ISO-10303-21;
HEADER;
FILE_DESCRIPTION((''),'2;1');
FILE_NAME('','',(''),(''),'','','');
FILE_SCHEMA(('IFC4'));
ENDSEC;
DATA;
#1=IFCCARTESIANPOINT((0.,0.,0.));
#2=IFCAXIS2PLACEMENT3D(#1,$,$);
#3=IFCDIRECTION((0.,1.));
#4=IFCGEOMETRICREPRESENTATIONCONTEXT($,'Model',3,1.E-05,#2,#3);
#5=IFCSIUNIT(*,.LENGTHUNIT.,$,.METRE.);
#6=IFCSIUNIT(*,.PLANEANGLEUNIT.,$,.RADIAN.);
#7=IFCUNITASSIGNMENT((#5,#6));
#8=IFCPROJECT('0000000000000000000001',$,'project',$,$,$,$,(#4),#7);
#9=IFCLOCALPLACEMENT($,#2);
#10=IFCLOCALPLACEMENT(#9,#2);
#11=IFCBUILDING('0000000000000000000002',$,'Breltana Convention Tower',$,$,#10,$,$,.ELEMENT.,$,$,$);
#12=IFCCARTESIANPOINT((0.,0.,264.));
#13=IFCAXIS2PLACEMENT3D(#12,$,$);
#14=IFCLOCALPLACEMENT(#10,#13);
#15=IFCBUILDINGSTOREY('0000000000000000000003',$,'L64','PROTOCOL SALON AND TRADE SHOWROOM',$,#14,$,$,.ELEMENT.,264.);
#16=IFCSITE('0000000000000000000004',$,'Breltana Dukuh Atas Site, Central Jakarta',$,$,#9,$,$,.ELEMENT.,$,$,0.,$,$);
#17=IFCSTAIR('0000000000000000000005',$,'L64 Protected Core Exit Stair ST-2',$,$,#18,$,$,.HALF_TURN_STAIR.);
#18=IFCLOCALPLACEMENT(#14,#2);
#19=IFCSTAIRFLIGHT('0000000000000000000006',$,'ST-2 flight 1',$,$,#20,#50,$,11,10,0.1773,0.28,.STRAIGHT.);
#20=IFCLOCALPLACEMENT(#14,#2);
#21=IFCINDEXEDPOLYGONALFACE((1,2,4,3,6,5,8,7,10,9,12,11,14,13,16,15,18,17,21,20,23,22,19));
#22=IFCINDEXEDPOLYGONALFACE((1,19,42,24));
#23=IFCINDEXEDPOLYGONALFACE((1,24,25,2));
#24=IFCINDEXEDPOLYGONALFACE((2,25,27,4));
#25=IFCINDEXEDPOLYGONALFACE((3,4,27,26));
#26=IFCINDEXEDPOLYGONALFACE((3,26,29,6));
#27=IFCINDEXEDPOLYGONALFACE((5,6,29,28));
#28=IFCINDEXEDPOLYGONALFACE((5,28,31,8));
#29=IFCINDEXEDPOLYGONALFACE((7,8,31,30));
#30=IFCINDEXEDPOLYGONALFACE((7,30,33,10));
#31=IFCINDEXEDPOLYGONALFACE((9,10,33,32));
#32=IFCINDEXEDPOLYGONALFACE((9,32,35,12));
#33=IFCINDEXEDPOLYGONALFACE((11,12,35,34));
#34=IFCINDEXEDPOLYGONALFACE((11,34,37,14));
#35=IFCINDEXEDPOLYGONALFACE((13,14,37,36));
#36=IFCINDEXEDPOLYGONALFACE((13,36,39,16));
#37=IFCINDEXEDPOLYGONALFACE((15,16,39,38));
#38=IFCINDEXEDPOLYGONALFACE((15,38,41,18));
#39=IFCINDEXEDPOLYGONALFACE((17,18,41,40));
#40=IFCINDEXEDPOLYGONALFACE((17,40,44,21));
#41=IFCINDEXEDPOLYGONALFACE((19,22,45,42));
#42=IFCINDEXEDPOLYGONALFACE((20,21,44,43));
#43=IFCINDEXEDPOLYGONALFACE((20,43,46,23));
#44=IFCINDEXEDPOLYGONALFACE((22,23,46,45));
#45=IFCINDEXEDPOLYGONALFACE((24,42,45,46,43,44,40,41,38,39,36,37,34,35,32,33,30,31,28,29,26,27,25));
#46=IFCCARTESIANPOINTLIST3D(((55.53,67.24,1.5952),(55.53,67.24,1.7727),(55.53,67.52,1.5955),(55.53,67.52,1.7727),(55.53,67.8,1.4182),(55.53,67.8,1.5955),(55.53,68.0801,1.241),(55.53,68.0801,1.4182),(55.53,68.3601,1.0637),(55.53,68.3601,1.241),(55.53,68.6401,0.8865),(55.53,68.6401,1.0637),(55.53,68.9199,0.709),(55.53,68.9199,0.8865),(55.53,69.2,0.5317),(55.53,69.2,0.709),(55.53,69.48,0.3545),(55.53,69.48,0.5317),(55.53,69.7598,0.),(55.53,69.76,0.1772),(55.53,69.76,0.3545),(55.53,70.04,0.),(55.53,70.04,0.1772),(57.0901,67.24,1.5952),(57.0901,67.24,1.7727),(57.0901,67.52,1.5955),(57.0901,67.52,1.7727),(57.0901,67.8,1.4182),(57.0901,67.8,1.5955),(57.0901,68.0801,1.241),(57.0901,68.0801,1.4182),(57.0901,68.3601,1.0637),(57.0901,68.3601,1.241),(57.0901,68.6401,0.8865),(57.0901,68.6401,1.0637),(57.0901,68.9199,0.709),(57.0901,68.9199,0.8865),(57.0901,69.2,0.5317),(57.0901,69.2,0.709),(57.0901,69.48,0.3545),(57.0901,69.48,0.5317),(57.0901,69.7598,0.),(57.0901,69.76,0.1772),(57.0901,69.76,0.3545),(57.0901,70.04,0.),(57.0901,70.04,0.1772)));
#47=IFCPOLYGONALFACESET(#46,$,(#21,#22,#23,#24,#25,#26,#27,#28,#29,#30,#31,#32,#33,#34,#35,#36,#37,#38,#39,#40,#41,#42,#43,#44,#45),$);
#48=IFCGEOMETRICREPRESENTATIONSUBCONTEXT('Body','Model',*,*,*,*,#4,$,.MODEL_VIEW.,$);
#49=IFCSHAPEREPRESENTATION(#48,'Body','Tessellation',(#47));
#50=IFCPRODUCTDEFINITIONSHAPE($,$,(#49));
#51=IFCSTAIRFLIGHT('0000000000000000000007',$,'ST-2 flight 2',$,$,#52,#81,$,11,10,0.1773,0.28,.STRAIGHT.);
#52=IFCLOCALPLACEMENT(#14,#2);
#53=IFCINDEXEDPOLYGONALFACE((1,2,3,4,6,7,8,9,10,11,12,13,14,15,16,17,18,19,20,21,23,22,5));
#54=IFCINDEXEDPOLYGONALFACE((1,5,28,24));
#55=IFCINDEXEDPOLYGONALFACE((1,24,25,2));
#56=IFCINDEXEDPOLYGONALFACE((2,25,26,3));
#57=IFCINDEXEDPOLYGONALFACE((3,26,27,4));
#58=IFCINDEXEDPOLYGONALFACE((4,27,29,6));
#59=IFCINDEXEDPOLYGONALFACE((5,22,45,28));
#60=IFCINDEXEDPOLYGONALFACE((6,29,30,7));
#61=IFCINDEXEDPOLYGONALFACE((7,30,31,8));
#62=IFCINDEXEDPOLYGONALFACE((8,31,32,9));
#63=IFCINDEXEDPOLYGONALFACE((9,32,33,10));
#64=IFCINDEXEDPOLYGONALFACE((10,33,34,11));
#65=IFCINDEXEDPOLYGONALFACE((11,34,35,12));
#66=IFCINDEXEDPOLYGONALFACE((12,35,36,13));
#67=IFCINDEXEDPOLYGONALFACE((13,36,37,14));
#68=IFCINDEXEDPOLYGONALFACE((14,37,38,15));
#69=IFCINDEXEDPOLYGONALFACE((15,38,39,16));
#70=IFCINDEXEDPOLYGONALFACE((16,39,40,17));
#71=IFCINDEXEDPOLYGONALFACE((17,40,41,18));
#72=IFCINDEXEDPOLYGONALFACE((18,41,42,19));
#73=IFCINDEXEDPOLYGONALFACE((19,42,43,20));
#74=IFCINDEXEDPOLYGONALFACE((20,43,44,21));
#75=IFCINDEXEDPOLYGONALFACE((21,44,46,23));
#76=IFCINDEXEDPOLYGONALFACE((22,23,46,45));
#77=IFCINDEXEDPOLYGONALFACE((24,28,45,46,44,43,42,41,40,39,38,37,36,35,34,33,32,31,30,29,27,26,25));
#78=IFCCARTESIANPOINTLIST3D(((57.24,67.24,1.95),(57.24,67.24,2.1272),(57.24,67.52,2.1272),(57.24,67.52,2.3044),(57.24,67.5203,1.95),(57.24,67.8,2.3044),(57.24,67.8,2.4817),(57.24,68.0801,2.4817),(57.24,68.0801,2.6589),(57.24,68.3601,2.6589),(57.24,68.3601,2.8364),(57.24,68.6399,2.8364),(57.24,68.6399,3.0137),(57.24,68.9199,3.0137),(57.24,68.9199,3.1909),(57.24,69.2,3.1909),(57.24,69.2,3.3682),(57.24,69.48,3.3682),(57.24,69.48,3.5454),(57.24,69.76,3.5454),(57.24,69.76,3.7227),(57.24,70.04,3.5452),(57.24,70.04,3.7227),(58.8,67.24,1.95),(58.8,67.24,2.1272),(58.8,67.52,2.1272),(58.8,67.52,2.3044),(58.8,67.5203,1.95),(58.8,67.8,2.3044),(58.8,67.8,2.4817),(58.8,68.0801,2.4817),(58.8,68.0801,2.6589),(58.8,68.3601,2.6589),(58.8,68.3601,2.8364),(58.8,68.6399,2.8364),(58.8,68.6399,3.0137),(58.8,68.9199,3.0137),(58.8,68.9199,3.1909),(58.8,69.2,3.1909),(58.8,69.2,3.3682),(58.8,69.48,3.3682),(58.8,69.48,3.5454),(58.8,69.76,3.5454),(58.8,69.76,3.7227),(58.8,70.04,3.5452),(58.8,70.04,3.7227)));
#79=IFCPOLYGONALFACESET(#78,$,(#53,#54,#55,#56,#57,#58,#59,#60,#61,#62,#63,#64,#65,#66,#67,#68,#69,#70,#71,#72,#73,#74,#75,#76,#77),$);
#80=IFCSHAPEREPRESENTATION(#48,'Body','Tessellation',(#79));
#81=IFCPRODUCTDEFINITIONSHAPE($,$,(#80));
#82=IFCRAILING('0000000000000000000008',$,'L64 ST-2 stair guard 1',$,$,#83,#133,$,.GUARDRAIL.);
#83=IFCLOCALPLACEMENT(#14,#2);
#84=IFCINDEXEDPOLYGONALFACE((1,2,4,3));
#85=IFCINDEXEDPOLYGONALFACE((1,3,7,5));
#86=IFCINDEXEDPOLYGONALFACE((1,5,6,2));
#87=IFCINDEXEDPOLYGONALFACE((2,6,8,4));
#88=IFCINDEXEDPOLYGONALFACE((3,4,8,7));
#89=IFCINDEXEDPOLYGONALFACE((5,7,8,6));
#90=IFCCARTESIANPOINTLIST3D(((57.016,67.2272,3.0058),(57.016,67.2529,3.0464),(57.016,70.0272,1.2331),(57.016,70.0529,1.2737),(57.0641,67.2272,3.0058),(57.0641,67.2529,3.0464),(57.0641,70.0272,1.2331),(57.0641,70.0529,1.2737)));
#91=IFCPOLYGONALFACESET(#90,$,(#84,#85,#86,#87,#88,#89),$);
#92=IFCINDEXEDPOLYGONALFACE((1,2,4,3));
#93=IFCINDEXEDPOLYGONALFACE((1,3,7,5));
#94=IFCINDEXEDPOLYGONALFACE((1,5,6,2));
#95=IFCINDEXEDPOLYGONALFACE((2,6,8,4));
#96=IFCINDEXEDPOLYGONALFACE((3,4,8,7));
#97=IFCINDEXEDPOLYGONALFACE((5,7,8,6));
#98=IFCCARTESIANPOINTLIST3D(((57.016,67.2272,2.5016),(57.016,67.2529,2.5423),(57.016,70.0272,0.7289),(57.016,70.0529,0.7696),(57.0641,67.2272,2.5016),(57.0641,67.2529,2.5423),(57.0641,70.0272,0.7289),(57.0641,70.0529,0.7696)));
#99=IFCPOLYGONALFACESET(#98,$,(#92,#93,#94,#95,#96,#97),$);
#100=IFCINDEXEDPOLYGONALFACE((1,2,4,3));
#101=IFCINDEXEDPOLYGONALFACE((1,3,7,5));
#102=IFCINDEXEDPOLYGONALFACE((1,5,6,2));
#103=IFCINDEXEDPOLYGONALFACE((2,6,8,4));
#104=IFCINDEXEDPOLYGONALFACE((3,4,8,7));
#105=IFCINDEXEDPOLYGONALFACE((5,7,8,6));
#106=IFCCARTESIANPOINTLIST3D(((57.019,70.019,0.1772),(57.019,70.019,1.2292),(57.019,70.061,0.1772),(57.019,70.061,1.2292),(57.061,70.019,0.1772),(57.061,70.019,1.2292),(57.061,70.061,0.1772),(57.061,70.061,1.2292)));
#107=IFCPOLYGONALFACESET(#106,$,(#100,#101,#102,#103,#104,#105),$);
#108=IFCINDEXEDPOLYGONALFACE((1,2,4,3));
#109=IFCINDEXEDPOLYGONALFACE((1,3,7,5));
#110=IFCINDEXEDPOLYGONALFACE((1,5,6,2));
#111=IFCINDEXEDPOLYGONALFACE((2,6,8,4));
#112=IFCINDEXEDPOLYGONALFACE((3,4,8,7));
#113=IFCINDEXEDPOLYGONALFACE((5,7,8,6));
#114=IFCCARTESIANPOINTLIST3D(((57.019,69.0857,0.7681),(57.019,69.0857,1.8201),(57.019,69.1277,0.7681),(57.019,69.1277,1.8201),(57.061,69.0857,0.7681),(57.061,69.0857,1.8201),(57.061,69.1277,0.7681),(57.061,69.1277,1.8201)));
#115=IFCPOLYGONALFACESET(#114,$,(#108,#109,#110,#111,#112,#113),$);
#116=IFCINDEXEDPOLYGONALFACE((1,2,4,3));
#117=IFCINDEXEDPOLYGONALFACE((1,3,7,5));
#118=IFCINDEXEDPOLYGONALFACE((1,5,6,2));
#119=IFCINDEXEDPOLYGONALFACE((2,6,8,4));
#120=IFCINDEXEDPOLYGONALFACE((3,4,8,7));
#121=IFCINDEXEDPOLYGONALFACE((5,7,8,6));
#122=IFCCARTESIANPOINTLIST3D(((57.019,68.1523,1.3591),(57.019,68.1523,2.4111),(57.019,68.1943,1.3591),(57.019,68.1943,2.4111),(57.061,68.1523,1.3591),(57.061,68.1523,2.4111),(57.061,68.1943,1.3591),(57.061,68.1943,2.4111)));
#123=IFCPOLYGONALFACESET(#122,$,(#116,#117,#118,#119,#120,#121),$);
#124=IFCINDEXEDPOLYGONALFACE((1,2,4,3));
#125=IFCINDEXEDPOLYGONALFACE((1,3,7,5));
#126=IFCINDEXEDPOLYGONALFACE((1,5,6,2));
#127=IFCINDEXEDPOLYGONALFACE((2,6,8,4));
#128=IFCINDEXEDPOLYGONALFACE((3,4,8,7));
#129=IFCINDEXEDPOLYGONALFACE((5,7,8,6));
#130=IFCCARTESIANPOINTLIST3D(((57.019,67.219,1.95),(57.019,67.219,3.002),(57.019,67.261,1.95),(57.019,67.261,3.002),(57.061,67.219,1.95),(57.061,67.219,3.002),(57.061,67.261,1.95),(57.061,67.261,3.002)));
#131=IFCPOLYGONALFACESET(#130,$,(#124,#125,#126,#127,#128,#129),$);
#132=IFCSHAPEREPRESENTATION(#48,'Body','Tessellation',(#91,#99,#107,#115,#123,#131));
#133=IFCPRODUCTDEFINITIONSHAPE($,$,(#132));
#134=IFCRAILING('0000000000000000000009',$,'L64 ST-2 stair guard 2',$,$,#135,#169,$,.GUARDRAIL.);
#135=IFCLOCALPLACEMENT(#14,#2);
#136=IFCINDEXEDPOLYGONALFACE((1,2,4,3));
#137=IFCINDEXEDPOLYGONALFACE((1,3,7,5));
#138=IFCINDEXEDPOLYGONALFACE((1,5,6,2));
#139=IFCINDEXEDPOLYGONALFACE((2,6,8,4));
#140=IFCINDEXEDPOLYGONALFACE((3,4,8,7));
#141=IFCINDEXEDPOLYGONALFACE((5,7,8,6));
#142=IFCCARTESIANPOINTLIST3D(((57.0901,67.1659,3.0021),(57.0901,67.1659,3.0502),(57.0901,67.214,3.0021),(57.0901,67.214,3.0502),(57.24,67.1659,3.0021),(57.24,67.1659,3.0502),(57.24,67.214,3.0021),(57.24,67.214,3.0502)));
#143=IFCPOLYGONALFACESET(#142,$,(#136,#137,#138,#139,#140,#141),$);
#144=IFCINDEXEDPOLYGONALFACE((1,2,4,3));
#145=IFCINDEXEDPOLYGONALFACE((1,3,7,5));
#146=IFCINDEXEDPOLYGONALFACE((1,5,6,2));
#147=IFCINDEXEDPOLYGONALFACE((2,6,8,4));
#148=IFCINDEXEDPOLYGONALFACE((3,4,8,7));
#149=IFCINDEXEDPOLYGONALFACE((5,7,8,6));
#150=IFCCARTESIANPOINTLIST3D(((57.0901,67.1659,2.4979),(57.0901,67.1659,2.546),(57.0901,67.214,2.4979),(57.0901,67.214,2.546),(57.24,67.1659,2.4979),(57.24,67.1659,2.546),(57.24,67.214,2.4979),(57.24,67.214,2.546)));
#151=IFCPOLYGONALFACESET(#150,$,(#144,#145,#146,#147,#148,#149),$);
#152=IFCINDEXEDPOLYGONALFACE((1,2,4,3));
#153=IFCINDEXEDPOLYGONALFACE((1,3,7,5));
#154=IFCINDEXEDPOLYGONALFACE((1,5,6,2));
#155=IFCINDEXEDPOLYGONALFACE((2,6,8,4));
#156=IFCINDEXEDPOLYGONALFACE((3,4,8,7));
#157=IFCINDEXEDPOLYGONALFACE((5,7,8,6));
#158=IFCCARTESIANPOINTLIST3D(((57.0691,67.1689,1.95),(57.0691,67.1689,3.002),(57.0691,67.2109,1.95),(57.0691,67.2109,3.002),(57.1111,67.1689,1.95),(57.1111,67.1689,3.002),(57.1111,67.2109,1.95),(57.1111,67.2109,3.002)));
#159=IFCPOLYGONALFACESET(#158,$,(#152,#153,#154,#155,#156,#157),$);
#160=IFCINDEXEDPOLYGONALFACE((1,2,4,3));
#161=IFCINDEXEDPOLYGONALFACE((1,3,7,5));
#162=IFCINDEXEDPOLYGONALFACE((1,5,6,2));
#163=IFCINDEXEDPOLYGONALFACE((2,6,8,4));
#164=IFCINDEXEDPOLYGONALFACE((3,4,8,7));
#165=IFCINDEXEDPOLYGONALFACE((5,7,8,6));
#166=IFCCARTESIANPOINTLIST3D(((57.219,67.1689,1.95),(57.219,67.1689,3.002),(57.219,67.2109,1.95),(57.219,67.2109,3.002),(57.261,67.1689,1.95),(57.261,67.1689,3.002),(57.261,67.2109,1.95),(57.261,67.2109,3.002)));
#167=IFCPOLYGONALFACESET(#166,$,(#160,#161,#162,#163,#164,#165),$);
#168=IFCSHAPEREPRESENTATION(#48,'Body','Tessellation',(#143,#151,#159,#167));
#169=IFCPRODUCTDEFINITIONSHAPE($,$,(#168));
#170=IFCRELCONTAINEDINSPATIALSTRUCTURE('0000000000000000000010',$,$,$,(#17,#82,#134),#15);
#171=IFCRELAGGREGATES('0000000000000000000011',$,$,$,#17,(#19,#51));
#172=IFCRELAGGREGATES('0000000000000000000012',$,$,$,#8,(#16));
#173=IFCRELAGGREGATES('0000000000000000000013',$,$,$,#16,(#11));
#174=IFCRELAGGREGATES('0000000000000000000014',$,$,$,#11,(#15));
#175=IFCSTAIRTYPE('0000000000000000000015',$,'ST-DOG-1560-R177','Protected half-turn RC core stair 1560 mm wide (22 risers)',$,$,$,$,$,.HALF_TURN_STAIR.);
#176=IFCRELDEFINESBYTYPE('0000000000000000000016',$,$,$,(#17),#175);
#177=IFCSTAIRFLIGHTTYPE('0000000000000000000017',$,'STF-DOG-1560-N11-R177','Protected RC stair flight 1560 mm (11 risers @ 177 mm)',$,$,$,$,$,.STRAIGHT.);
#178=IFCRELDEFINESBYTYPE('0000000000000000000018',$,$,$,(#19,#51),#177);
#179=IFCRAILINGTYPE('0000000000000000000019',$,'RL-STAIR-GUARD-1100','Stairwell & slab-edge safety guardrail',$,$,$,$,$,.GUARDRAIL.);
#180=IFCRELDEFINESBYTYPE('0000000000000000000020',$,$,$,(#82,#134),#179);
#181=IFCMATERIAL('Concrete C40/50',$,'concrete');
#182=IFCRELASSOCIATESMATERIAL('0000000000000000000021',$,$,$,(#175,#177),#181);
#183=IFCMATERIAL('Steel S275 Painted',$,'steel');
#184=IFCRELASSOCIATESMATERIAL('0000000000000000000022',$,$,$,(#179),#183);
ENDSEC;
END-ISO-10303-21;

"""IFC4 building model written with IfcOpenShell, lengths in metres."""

from ifc_helpers import new_model, si_unit, direction, frame, origin, origin_2d, place, context, subcontext, project, spatial, polyline, rectangle, outline, extrude, material, type_object, element, aggregate, save


model = new_model("IFC4")

# Units and contexts
model_context = context("Model", 3, precision=1e-05, world=origin(), true_north=direction((0.0, 1.0)))
body_context = subcontext(model_context, "Body", "Model", "MODEL_VIEW")
ifc_project = project(units=[si_unit("LENGTHUNIT", "METRE"), si_unit("PLANEANGLEUNIT", "RADIAN")], contexts=[model_context])

# Site, building, storey
site_placement = place(None, origin())
site = spatial("IfcSite", under=ifc_project, at=site_placement, Name="Breltana Dukuh Atas Site, Central Jakarta", CompositionType="ELEMENT", RefElevation=0.0)
building_placement = place(site_placement, origin())
building = spatial("IfcBuilding", under=site, at=building_placement, Name="Breltana Convention Tower", CompositionType="ELEMENT")
storey_placement = place(building_placement, frame((0.0, 0.0, 264.0)))
storey = spatial("IfcBuildingStorey", under=building, at=storey_placement, Name="L64", Description="PROTOCOL SALON AND TRADE SHOWROOM", CompositionType="ELEMENT", Elevation=264.0)

# Stair, stair flights
ifc_material_1 = material(Name="Concrete C40/50", Category="concrete")
stair_type = type_object("IfcStairType", Name="ST-DOG-1560-R177", Description="Protected half-turn RC core stair 1560 mm wide (22 risers)", PredefinedType="HALF_TURN_STAIR", material=ifc_material_1)
stair_placement = place(storey_placement, origin())
stair = element("IfcStair", 1, at=stair_placement, inside=storey, type_object=stair_type, Name="L64 Protected Core Exit Stair ST-2", PredefinedType="HALF_TURN_STAIR")
stair_flight_type = type_object("IfcStairFlightType", Name="STF-DOG-1560-N11-R177", Description="Protected RC stair flight 1560 mm (11 risers @ 177 mm)", PredefinedType="STRAIGHT", material=ifc_material_1)
stair_flight_1_placement = place(storey_placement, frame((56.3101, 70.04, 0.0), z_axis=(0.0, 0.0, 1.0), x_axis=(0.0, -1.0, 0.0)))
stair_flight_1 = element("IfcStairFlight", 2, at=stair_flight_1_placement, type_object=stair_flight_type, Name="ST-2 flight 1", NumberOfRisers=11, NumberOfTreads=10, PredefinedType="STRAIGHT", RiserHeight=0.1773, TreadLength=0.28, context=body_context, shape_type="SweptSolid", body=[
    extrude(outline(polyline([(0.0, 0.0), (0.0, 0.1772), (0.28, 0.1772), (0.28, 0.3545), (0.5601, 0.3545), (0.5601, 0.5317), (0.8401, 0.5317), (0.8401, 0.709), (1.1201, 0.709), (1.1201, 0.8865), (1.3999, 0.8865), (1.3999, 1.0637), (1.6799, 1.0637), (1.6799, 1.241), (1.96, 1.241), (1.96, 1.4182), (2.24, 1.4182), (2.24, 1.5955), (2.52, 1.5955), (2.52, 1.7727), (2.8, 1.7727), (2.8, 1.95), (2.8, 1.5952), (0.2803, 0.0), (0.0, 0.0)])), frame((0.0, 0.78, 0.0), z_axis=(0.0, -1.0, 0.0), x_axis=(1.0, 0.0, 0.0)), (0.0, 0.0, 1.0), 1.5601),
])
stair_flight_2_placement = place(storey_placement, frame((58.02, 67.24, 1.95), z_axis=(0.0, 0.0, 1.0), x_axis=(0.0, 1.0, 0.0)))
stair_flight_2 = element("IfcStairFlight", 3, at=stair_flight_2_placement, type_object=stair_flight_type, Name="ST-2 flight 2", NumberOfRisers=11, NumberOfTreads=10, PredefinedType="STRAIGHT", RiserHeight=0.1773, TreadLength=0.28, context=body_context, shape_type="SweptSolid", body=[
    extrude(outline(polyline([(0.0, 0.0), (0.0, 0.1772), (0.28, 0.1772), (0.28, 0.3545), (0.5601, 0.3545), (0.5601, 0.5317), (0.8401, 0.5317), (0.8401, 0.709), (1.1201, 0.709), (1.1201, 0.8865), (1.3999, 0.8865), (1.3999, 1.0637), (1.6799, 1.0637), (1.6799, 1.241), (1.96, 1.241), (1.96, 1.4182), (2.24, 1.4182), (2.24, 1.5955), (2.52, 1.5955), (2.52, 1.7727), (2.8, 1.7727), (2.8, 1.95), (2.8, 1.5952), (0.2803, 0.0), (0.0, 0.0)])), frame((0.0, 0.78, 0.0), z_axis=(0.0, -1.0, 0.0), x_axis=(1.0, 0.0, 0.0)), (0.0, 0.0, 1.0), 1.5601),
])
aggregate(stair, [stair_flight_1, stair_flight_2])

# Railings
ifc_material_2 = material(Name="Steel S275 Painted", Category="steel")
railing_type_1 = type_object("IfcRailingType", Name="RL-STAIR-GUARD-1100", Description="Stairwell & slab-edge safety guardrail", PredefinedType="GUARDRAIL", material=ifc_material_2)
railing_1_placement = place(storey_placement, frame((57.04, 70.04, 0.1772)))
element("IfcRailing", 4, at=railing_1_placement, inside=storey, type_object=railing_type_1, Name="L64 ST-2 stair guard 1", PredefinedType="GUARDRAIL", context=body_context, shape_type="SweptSolid", body=[
    extrude(rectangle(XDim=0.0481, YDim=0.0481, at=origin_2d()), frame((0.0, 0.0, 1.0762), z_axis=(0.0, -0.844909, 0.53491), x_axis=(1.0, 0.0, 0.0)), (0.0, 0.0, 1.0), 3.314),
    extrude(rectangle(XDim=0.0481, YDim=0.0481, at=origin_2d()), frame((0.0, 0.0, 0.572), z_axis=(0.0, -0.844909, 0.53491), x_axis=(1.0, 0.0, 0.0)), (0.0, 0.0, 1.0), 3.314),
    extrude(rectangle(XDim=0.042, YDim=0.042, at=origin_2d()), origin(), (0.0, 0.0, 1.0), 1.052),
    extrude(rectangle(XDim=0.042, YDim=0.042, at=origin_2d()), frame((0.0, -0.9333, 0.5908)), (0.0, 0.0, 1.0), 1.052),
    extrude(rectangle(XDim=0.042, YDim=0.042, at=origin_2d()), frame((0.0, -1.8667, 1.1819)), (0.0, 0.0, 1.0), 1.052),
    extrude(rectangle(XDim=0.042, YDim=0.042, at=origin_2d()), frame((0.0, -2.8, 1.7727)), (0.0, 0.0, 1.0), 1.052),
])
railing_2_placement = place(storey_placement, frame((57.0901, 67.1899, 1.95)))
element("IfcRailing", 5, at=railing_2_placement, inside=storey, type_object=railing_type_1, Name="L64 ST-2 stair guard 2", PredefinedType="GUARDRAIL", context=body_context, shape_type="SweptSolid", body=[
    extrude(rectangle(XDim=0.0481, YDim=0.0481, at=origin_2d()), frame((0.0, 0.0, 1.0762), z_axis=(1.0, 0.0, 0.0), x_axis=(0.0, 1.0, 0.0)), (0.0, 0.0, 1.0), 0.1499),
    extrude(rectangle(XDim=0.0481, YDim=0.0481, at=origin_2d()), frame((0.0, 0.0, 0.572), z_axis=(1.0, 0.0, 0.0), x_axis=(0.0, 1.0, 0.0)), (0.0, 0.0, 1.0), 0.1499),
    extrude(rectangle(XDim=0.042, YDim=0.042, at=origin_2d()), origin(), (0.0, 0.0, 1.0), 1.052),
    extrude(rectangle(XDim=0.042, YDim=0.042, at=origin_2d()), frame((0.1499, 0.0, 0.0)), (0.0, 0.0, 1.0), 1.052),
])

save(model, "model.ifc")
